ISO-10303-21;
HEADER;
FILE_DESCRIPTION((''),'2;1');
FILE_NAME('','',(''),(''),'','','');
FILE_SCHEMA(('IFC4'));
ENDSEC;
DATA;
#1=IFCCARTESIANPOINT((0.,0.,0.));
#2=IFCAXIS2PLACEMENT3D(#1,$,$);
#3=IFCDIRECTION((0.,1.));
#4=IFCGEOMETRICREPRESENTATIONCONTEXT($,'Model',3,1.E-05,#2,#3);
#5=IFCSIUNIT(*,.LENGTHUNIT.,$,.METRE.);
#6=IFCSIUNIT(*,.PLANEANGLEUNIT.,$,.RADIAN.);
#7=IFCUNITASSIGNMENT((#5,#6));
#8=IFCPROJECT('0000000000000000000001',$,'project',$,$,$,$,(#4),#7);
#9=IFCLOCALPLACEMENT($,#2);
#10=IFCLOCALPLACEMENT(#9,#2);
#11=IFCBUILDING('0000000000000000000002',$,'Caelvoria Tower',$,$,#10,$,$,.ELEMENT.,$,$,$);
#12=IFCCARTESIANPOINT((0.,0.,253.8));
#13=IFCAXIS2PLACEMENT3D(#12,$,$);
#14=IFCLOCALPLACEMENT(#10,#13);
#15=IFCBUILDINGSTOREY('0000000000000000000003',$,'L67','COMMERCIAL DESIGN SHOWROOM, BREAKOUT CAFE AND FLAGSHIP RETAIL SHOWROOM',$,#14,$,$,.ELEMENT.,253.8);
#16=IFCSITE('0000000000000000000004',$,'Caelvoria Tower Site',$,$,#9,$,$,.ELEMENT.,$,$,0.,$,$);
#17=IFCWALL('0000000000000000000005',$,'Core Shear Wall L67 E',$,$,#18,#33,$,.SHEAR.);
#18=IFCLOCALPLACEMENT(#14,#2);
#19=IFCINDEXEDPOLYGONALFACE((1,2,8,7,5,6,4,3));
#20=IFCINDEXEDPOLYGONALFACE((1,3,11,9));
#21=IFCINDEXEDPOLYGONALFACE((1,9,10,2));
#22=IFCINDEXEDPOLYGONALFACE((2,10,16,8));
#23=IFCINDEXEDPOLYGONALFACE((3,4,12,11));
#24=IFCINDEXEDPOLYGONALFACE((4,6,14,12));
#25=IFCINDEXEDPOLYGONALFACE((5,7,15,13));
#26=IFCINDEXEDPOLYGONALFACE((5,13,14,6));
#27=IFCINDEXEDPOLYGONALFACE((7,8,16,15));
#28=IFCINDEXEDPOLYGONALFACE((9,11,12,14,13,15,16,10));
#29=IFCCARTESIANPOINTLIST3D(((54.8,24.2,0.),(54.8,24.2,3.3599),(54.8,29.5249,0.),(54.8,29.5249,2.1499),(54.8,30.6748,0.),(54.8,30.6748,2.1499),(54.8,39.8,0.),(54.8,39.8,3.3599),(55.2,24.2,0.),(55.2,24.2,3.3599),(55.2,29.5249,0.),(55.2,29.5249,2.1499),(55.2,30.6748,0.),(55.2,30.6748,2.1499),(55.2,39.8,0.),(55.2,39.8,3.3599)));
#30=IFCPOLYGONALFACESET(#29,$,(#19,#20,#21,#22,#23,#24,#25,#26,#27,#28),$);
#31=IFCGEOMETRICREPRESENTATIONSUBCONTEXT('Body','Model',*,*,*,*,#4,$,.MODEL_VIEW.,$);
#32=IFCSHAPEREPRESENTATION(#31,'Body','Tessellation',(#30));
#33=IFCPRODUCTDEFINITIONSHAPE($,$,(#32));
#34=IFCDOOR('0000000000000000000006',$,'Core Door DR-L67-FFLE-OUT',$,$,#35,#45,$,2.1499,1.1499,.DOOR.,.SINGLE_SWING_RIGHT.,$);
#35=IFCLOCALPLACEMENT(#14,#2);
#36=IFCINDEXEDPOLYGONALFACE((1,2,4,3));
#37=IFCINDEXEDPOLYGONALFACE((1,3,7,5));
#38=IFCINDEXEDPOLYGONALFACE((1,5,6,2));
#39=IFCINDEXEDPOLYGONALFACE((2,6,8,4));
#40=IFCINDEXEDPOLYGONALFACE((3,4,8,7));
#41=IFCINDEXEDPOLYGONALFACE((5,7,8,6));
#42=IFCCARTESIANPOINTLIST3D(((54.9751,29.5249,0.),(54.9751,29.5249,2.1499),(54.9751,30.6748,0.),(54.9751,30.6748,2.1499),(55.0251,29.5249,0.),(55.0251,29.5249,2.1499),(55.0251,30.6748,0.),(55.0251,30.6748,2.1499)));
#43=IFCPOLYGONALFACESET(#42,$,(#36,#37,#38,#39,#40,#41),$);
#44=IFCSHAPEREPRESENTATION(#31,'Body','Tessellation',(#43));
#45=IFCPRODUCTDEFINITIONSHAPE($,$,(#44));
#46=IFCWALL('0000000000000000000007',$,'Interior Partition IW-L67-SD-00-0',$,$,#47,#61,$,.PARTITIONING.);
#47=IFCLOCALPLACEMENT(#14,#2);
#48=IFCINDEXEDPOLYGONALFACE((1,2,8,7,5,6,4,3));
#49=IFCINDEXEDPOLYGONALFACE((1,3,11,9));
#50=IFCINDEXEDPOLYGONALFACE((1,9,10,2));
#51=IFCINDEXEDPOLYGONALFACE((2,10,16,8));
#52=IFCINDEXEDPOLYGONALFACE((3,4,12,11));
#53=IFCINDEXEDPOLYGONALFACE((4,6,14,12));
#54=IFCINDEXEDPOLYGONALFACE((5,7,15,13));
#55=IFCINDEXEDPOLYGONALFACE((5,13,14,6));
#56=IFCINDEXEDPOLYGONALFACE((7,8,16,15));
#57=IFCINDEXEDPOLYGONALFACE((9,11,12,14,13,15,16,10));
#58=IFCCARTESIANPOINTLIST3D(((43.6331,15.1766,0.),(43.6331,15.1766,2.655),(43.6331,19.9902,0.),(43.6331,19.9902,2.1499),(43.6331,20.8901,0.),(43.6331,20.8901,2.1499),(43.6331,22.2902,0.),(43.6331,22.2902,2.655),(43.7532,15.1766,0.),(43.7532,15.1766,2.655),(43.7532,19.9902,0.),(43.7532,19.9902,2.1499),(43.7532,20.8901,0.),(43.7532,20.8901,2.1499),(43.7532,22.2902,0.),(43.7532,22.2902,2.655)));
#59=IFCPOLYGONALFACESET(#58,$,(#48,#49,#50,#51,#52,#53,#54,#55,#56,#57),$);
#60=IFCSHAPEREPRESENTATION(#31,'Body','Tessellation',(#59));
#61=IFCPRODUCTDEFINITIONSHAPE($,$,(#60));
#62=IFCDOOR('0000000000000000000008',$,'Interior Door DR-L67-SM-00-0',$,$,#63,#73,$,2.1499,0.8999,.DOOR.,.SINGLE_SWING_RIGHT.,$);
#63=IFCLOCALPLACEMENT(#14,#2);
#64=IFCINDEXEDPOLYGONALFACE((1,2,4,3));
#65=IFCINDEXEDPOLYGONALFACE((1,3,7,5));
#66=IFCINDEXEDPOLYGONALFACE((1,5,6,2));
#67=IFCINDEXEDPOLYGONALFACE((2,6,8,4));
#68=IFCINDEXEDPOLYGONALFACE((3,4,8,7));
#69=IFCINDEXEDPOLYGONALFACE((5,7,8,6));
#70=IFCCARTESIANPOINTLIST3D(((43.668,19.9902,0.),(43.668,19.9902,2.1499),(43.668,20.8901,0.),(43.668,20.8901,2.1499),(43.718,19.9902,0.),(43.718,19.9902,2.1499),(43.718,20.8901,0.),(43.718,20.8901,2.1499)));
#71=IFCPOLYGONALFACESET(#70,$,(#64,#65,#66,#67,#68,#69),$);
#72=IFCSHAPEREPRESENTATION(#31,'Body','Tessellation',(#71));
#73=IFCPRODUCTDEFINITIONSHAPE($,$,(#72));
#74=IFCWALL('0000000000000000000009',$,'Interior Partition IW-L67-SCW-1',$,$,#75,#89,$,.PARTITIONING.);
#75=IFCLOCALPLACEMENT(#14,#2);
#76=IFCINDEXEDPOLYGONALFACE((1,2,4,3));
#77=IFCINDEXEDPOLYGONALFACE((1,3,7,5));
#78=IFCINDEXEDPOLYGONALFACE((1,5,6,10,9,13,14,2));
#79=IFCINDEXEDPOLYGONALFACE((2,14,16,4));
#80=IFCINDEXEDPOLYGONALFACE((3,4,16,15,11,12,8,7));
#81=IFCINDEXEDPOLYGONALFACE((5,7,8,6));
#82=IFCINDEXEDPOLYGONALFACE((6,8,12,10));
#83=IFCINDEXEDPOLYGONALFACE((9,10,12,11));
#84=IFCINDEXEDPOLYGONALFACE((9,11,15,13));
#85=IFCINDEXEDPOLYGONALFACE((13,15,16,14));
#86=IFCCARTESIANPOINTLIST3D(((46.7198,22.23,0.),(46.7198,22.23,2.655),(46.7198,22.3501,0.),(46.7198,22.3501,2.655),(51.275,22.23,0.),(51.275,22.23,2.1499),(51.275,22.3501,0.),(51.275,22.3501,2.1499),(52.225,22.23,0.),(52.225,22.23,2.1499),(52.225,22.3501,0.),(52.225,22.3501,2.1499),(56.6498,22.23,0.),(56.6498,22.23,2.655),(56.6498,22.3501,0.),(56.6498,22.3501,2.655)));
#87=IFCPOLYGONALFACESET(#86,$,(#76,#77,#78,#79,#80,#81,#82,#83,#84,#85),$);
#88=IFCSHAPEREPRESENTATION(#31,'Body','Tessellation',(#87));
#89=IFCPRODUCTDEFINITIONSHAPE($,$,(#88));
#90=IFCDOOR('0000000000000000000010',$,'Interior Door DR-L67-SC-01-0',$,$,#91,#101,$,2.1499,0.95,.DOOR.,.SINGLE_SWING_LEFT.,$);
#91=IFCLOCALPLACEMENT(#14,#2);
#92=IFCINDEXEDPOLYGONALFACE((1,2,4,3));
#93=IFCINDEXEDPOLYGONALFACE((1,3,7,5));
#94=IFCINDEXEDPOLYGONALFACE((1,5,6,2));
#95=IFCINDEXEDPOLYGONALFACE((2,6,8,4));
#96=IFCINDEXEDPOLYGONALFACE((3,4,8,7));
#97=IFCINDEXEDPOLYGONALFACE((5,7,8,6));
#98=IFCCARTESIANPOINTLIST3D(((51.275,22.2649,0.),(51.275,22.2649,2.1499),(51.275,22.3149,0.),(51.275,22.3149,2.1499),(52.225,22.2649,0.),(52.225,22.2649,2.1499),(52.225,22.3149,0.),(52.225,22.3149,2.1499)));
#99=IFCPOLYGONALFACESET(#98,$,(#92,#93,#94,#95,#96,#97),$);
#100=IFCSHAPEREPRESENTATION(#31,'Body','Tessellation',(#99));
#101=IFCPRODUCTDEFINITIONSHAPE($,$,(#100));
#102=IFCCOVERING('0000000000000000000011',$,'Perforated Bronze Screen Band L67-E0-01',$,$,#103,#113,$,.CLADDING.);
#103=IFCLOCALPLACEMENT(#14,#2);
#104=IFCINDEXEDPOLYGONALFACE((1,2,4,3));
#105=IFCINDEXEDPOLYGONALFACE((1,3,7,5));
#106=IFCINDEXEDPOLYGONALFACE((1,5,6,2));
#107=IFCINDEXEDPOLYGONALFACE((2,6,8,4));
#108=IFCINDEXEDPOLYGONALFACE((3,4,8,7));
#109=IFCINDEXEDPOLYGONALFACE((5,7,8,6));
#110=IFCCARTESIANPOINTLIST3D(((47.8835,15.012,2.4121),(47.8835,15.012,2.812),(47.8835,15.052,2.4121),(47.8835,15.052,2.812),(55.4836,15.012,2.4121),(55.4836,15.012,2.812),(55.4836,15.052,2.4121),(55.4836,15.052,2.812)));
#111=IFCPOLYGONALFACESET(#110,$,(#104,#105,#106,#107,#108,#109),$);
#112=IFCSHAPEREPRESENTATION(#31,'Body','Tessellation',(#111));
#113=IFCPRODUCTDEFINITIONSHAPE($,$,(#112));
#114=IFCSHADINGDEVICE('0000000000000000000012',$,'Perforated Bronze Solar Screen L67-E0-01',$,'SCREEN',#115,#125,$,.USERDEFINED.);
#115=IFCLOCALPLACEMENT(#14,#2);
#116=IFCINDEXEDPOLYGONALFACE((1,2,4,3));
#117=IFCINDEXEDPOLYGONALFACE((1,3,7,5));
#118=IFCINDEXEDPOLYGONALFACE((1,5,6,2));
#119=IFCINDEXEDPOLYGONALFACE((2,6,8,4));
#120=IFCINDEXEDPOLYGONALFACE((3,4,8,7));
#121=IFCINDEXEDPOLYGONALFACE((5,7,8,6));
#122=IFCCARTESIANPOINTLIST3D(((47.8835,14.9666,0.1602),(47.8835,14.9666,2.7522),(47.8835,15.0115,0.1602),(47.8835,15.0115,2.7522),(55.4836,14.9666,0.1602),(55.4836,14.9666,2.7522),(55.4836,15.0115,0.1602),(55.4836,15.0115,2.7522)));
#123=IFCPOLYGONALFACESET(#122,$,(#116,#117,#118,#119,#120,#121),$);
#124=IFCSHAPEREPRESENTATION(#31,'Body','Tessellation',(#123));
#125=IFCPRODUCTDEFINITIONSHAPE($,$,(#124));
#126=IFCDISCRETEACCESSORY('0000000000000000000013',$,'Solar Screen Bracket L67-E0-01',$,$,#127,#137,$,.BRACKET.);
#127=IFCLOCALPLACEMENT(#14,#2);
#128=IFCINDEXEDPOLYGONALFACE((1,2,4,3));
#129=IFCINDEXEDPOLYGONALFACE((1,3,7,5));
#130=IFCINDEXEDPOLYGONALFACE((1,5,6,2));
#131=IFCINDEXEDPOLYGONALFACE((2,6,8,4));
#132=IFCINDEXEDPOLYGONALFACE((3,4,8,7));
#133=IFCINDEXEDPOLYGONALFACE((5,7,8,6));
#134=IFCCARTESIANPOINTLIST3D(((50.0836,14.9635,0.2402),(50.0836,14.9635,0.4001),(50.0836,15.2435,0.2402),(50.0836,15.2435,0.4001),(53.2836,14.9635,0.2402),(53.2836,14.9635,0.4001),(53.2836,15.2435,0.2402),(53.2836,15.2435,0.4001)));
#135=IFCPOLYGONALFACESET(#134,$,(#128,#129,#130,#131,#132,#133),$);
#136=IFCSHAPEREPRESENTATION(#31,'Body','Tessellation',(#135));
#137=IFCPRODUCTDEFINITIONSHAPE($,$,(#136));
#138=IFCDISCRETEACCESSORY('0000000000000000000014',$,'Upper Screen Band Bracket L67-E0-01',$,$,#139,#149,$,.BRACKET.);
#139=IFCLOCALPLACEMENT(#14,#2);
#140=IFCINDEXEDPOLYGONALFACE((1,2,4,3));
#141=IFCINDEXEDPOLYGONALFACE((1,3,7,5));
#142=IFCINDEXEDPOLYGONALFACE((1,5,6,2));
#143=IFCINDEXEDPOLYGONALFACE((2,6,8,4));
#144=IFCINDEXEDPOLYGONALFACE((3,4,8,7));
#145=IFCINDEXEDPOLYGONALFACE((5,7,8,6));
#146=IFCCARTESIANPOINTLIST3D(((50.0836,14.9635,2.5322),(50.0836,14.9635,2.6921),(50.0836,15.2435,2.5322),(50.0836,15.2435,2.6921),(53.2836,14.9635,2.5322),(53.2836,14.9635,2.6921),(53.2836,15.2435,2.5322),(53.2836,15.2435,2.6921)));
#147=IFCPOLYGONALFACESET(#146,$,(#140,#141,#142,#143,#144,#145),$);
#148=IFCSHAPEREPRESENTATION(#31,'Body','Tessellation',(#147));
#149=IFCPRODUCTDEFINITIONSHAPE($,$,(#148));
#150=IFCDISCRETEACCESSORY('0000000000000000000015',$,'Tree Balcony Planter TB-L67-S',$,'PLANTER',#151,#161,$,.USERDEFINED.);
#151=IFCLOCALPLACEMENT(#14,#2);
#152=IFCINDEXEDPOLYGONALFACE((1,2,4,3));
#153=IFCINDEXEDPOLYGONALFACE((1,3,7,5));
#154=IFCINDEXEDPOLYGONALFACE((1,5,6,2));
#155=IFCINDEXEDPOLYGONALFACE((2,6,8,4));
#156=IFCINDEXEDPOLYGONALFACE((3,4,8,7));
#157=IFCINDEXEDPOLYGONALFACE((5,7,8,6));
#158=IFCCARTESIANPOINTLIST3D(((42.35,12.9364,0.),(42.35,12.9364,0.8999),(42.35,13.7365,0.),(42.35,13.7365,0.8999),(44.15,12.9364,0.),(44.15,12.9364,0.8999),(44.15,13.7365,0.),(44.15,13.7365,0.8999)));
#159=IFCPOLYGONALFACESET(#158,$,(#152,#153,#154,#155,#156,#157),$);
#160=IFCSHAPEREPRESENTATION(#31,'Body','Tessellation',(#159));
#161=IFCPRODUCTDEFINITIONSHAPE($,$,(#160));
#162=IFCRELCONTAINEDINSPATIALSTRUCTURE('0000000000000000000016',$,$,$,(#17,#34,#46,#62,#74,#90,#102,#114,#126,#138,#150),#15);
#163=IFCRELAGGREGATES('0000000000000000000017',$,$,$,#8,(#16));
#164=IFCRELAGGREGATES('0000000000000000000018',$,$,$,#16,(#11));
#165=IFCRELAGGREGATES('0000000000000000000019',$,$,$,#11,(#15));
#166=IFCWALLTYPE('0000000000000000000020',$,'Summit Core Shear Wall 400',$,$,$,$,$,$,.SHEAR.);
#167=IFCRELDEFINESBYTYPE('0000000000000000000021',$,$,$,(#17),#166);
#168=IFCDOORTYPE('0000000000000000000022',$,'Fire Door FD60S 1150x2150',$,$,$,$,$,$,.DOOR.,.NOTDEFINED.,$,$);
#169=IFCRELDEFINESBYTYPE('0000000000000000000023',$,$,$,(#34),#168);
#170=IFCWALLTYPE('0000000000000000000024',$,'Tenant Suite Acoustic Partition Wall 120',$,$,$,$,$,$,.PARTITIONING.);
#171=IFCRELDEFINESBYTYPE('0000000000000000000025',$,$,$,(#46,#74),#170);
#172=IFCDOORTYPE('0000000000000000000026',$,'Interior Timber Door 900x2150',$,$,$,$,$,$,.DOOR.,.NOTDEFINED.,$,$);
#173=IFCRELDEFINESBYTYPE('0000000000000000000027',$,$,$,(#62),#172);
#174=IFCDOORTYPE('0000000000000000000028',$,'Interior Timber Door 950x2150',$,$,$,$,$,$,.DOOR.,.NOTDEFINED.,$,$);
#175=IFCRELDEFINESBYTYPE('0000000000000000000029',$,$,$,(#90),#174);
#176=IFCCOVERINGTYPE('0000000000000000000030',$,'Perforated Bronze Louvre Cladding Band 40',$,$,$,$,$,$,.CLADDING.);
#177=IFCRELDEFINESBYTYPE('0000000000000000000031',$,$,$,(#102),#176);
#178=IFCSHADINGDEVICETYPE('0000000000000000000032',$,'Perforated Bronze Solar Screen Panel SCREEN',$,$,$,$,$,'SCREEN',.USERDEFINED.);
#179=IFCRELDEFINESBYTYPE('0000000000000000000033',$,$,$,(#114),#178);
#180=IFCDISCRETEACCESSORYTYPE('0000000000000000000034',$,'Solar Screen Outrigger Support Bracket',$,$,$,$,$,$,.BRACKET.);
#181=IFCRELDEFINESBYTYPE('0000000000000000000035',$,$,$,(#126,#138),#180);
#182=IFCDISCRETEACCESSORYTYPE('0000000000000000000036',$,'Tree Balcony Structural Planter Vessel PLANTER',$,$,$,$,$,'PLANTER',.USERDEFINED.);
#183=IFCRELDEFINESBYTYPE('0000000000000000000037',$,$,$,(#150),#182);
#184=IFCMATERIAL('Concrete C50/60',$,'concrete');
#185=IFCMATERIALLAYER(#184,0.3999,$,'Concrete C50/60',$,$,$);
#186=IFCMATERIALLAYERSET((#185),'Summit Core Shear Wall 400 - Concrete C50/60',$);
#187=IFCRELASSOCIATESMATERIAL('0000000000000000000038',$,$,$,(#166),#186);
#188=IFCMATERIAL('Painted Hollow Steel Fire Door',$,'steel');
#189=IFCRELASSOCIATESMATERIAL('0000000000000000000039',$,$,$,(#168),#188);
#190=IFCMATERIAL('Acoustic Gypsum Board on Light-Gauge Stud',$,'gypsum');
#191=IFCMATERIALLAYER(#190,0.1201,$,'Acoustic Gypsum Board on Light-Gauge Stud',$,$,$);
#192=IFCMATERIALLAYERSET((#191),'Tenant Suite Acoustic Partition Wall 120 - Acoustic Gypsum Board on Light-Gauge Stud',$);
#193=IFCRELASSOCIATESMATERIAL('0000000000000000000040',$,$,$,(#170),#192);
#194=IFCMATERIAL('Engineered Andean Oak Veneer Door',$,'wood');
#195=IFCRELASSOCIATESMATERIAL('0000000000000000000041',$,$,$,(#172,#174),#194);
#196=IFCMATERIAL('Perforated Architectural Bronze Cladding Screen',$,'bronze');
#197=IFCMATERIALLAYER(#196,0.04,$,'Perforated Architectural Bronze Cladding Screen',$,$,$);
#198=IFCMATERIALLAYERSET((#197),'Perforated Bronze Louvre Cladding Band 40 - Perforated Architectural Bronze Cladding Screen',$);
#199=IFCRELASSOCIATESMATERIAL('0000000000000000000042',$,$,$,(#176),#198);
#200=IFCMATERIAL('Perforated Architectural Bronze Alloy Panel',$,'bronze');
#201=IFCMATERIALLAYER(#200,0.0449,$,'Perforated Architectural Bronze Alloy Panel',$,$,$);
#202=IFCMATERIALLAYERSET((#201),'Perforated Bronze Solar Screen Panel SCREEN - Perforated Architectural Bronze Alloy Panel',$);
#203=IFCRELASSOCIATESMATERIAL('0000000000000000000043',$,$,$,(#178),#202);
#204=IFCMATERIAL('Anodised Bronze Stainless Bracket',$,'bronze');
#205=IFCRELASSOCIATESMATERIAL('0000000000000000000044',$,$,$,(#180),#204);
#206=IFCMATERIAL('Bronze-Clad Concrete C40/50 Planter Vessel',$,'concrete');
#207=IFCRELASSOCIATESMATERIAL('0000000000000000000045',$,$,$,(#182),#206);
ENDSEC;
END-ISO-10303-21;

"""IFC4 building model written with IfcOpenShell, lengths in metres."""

from ifc_helpers import new_model, si_unit, direction, frame, frame_2d, origin, origin_2d, place, context, subcontext, project, spatial, rectangle, extrude, material, layer, layer_set, type_object, element, fill, save


model = new_model("IFC4")

# Units and contexts
model_context = context("Model", 3, precision=1e-05, world=origin(), true_north=direction((0.0, 1.0)))
body_context = subcontext(model_context, "Body", "Model", "MODEL_VIEW")
ifc_project = project(units=[si_unit("LENGTHUNIT", "METRE"), si_unit("PLANEANGLEUNIT", "RADIAN")], contexts=[model_context])

# Site, building, storey
site_placement = place(None, origin())
site = spatial("IfcSite", under=ifc_project, at=site_placement, Name="Caelvoria Tower Site", CompositionType="ELEMENT", RefElevation=0.0)
building_placement = place(site_placement, origin())
building = spatial("IfcBuilding", under=site, at=building_placement, Name="Caelvoria Tower", CompositionType="ELEMENT")
storey_placement = place(building_placement, frame((0.0, 0.0, 253.8)))
storey = spatial("IfcBuildingStorey", under=building, at=storey_placement, Name="L67", Description="COMMERCIAL DESIGN SHOWROOM, BREAKOUT CAFE AND FLAGSHIP RETAIL SHOWROOM", CompositionType="ELEMENT", Elevation=253.8)

# Shared definitions
ifc_material_1 = material(Name="Concrete C50/60", Category="concrete")

# Walls, openings, doors
ifc_layer_1 = layer(ifc_material_1, 0.3999, Name="Concrete C50/60")
ifc_layer_set_1 = layer_set([ifc_layer_1], Name="Summit Core Shear Wall 400 - Concrete C50/60")
wall_type_1 = type_object("IfcWallType", Name="Summit Core Shear Wall 400", PredefinedType="SHEAR", material=ifc_layer_set_1)
wall_1_placement = place(storey_placement, frame((55.0, 24.2, 0.0), z_axis=(0.0, 0.0, 1.0), x_axis=(0.0, 1.0, 0.0)))
wall_1 = element("IfcWall", 1, at=wall_1_placement, inside=storey, type_object=wall_type_1, Name="Core Shear Wall L67 E", PredefinedType="SHEAR", context=body_context, shape_type="SweptSolid", body=[
    extrude(rectangle(XDim=15.6001, YDim=0.3999, at=frame_2d((7.8, 0.0))), origin(), (0.0, 0.0, 1.0), 3.3599),
])
opening_1_placement = place(wall_1_placement, frame((5.325, 0.0, 0.0)))
opening_1 = element("IfcOpeningElement", 2, at=opening_1_placement, cuts=wall_1, PredefinedType="OPENING", context=body_context, shape_type="SweptSolid", body=[
    extrude(rectangle(XDim=1.1499, YDim=2.1499, at=frame_2d((0.575, 1.075))), frame((0.0, 0.21, 0.0), z_axis=(0.0, -1.0, 0.0), x_axis=(1.0, 0.0, 0.0)), (0.0, 0.0, 1.0), 0.4199),
])
ifc_material_2 = material(Name="Painted Hollow Steel Fire Door", Category="steel")
door_type_1 = type_object("IfcDoorType", Name="Fire Door FD60S 1150x2150", OperationType="NOTDEFINED", PredefinedType="DOOR", material=ifc_material_2)
door_1_placement = place(opening_1_placement, origin())
door_1 = element("IfcDoor", 3, at=door_1_placement, inside=storey, type_object=door_type_1, Name="Core Door DR-L67-FFLE-OUT", OperationType="SINGLE_SWING_RIGHT", OverallHeight=2.1499, OverallWidth=1.1499, PredefinedType="DOOR", context=body_context, shape_type="SweptSolid", body=[
    extrude(rectangle(XDim=1.1499, YDim=2.1499, at=frame_2d((0.575, 1.075))), frame((0.0, 0.0249, 0.0), z_axis=(0.0, -1.0, 0.0), x_axis=(1.0, 0.0, 0.0)), (0.0, 0.0, 1.0), 0.05),
])
fill(opening_1, door_1)
ifc_material_3 = material(Name="Acoustic Gypsum Board on Light-Gauge Stud", Category="gypsum")
ifc_layer_2 = layer(ifc_material_3, 0.1201, Name="Acoustic Gypsum Board on Light-Gauge Stud")
ifc_layer_set_2 = layer_set([ifc_layer_2], Name="Tenant Suite Acoustic Partition Wall 120 - Acoustic Gypsum Board on Light-Gauge Stud")
wall_type_2 = type_object("IfcWallType", Name="Tenant Suite Acoustic Partition Wall 120", PredefinedType="PARTITIONING", material=ifc_layer_set_2)
wall_2_placement = place(storey_placement, frame((43.6931, 22.29, 0.0), z_axis=(0.0, 0.0, 1.0), x_axis=(0.0, -1.0, 0.0)))
wall_2 = element("IfcWall", 4, at=wall_2_placement, inside=storey, type_object=wall_type_2, Name="Interior Partition IW-L67-SD-00-0", PredefinedType="PARTITIONING", context=body_context, shape_type="SweptSolid", body=[
    extrude(rectangle(XDim=7.1135, YDim=0.1201, at=frame_2d((3.5566, 0.0))), origin(), (0.0, 0.0, 1.0), 2.655),
])
opening_2_placement = place(wall_2_placement, frame((1.3999, 0.0, 0.0)))
opening_2 = element("IfcOpeningElement", 5, at=opening_2_placement, cuts=wall_2, PredefinedType="OPENING", context=body_context, shape_type="SweptSolid", body=[
    extrude(rectangle(XDim=0.8999, YDim=2.1499, at=frame_2d((0.45, 1.075))), frame((0.0, 0.0701, 0.0), z_axis=(0.0, -1.0, 0.0), x_axis=(1.0, 0.0, 0.0)), (0.0, 0.0, 1.0), 0.1401),
])
ifc_material_4 = material(Name="Engineered Andean Oak Veneer Door", Category="wood")
door_type_2 = type_object("IfcDoorType", Name="Interior Timber Door 900x2150", OperationType="NOTDEFINED", PredefinedType="DOOR", material=ifc_material_4)
door_2_placement = place(opening_2_placement, origin())
door_2 = element("IfcDoor", 6, at=door_2_placement, inside=storey, type_object=door_type_2, Name="Interior Door DR-L67-SM-00-0", OperationType="SINGLE_SWING_RIGHT", OverallHeight=2.1499, OverallWidth=0.8999, PredefinedType="DOOR", context=body_context, shape_type="SweptSolid", body=[
    extrude(rectangle(XDim=0.8999, YDim=2.1499, at=frame_2d((0.45, 1.075))), frame((0.0, 0.0249, 0.0), z_axis=(0.0, -1.0, 0.0), x_axis=(1.0, 0.0, 0.0)), (0.0, 0.0, 1.0), 0.05),
])
fill(opening_2, door_2)
wall_3_placement = place(storey_placement, frame((46.72, 22.29, 0.0), z_axis=(0.0, 0.0, 1.0), x_axis=(1.0, 0.0, 0.0)))
wall_3 = element("IfcWall", 7, at=wall_3_placement, inside=storey, type_object=wall_type_2, Name="Interior Partition IW-L67-SCW-1", PredefinedType="PARTITIONING", context=body_context, shape_type="SweptSolid", body=[
    extrude(rectangle(XDim=9.9299, YDim=0.1201, at=frame_2d((4.9648, 0.0))), origin(), (0.0, 0.0, 1.0), 2.655),
])
opening_3_placement = place(wall_3_placement, frame((4.5549, 0.0, 0.0)))
opening_3 = element("IfcOpeningElement", 8, at=opening_3_placement, cuts=wall_3, PredefinedType="OPENING", context=body_context, shape_type="SweptSolid", body=[
    extrude(rectangle(XDim=0.95, YDim=2.1499, at=frame_2d((0.4751, 1.075))), frame((0.0, 0.0701, 0.0), z_axis=(0.0, -1.0, 0.0), x_axis=(1.0, 0.0, 0.0)), (0.0, 0.0, 1.0), 0.1401),
])
door_type_3 = type_object("IfcDoorType", Name="Interior Timber Door 950x2150", OperationType="NOTDEFINED", PredefinedType="DOOR", material=ifc_material_4)
door_3_placement = place(opening_3_placement, origin())
door_3 = element("IfcDoor", 9, at=door_3_placement, inside=storey, type_object=door_type_3, Name="Interior Door DR-L67-SC-01-0", OperationType="SINGLE_SWING_LEFT", OverallHeight=2.1499, OverallWidth=0.95, PredefinedType="DOOR", context=body_context, shape_type="SweptSolid", body=[
    extrude(rectangle(XDim=0.95, YDim=2.1499, at=frame_2d((0.4751, 1.075))), frame((0.0, 0.0249, 0.0), z_axis=(0.0, -1.0, 0.0), x_axis=(1.0, 0.0, 0.0)), (0.0, 0.0, 1.0), 0.05),
])
fill(opening_3, door_3)

# Covering
ifc_material_5 = material(Name="Perforated Architectural Bronze Cladding Screen", Category="bronze")
ifc_layer_3 = layer(ifc_material_5, 0.04, Name="Perforated Architectural Bronze Cladding Screen")
ifc_layer_set_3 = layer_set([ifc_layer_3], Name="Perforated Bronze Louvre Cladding Band 40 - Perforated Architectural Bronze Cladding Screen")
covering_type = type_object("IfcCoveringType", Name="Perforated Bronze Louvre Cladding Band 40", PredefinedType="CLADDING", material=ifc_layer_set_3)
covering_placement = place(storey_placement, frame((51.6836, 15.032, 2.4121), z_axis=(0.0, 0.0, 1.0), x_axis=(1.0, 0.0, 0.0)))
element("IfcCovering", 10, at=covering_placement, inside=storey, type_object=covering_type, Name="Perforated Bronze Screen Band L67-E0-01", PredefinedType="CLADDING", context=body_context, shape_type="SweptSolid", body=[
    extrude(rectangle(XDim=7.6001, YDim=0.04, at=origin_2d()), origin(), (0.0, 0.0, 1.0), 0.3999),
])

# Shading device
ifc_material_6 = material(Name="Perforated Architectural Bronze Alloy Panel", Category="bronze")
ifc_layer_4 = layer(ifc_material_6, 0.0449, Name="Perforated Architectural Bronze Alloy Panel")
ifc_layer_set_4 = layer_set([ifc_layer_4], Name="Perforated Bronze Solar Screen Panel SCREEN - Perforated Architectural Bronze Alloy Panel")
shading_device_type = type_object("IfcShadingDeviceType", Name="Perforated Bronze Solar Screen Panel SCREEN", ElementType="SCREEN", PredefinedType="USERDEFINED", material=ifc_layer_set_4)
shading_device_placement = place(storey_placement, frame((51.6836, 14.989, 0.1602), z_axis=(0.0, 0.0, 1.0), x_axis=(1.0, 0.0, 0.0)))
element("IfcShadingDevice", 11, at=shading_device_placement, inside=storey, type_object=shading_device_type, Name="Perforated Bronze Solar Screen L67-E0-01", ObjectType="SCREEN", PredefinedType="USERDEFINED", context=body_context, shape_type="SweptSolid", body=[
    extrude(rectangle(XDim=7.6001, YDim=0.0449, at=origin_2d()), origin(), (0.0, 0.0, 1.0), 2.592),
])

# Discrete accessories
ifc_material_7 = material(Name="Anodised Bronze Stainless Bracket", Category="bronze")
discrete_accessory_type_1 = type_object("IfcDiscreteAccessoryType", Name="Solar Screen Outrigger Support Bracket", PredefinedType="BRACKET", material=ifc_material_7)
for number, where, z_axis, x_axis, name in (
    (12, (51.6836, 15.1035, 0.2402), (0.0, 0.0, 1.0), (1.0, 0.0, 0.0), "Solar Screen Bracket L67-E0-01"),
    (13, (51.6836, 15.1035, 2.5322), (0.0, 0.0, 1.0), (1.0, 0.0, 0.0), "Upper Screen Band Bracket L67-E0-01"),
):
    element("IfcDiscreteAccessory", number, at=place(storey_placement, frame(where, z_axis=z_axis, x_axis=x_axis)), inside=storey, type_object=discrete_accessory_type_1, Name=name, PredefinedType="BRACKET", context=body_context, shape_type="SweptSolid", body=[
        extrude(rectangle(XDim=3.2, YDim=0.28, at=origin_2d()), origin(), (0.0, 0.0, 1.0), 0.1599),
    ])
ifc_material_8 = material(Name="Bronze-Clad Concrete C40/50 Planter Vessel", Category="concrete")
discrete_accessory_type_2 = type_object("IfcDiscreteAccessoryType", Name="Tree Balcony Structural Planter Vessel PLANTER", ElementType="PLANTER", PredefinedType="USERDEFINED", material=ifc_material_8)
discrete_accessory_placement = place(storey_placement, frame((43.25, 13.3364, 0.0), z_axis=(0.0, 0.0, 1.0), x_axis=(1.0, 0.0, 0.0)))
element("IfcDiscreteAccessory", 14, at=discrete_accessory_placement, inside=storey, type_object=discrete_accessory_type_2, Name="Tree Balcony Planter TB-L67-S", ObjectType="PLANTER", PredefinedType="USERDEFINED", context=body_context, shape_type="SweptSolid", body=[
    extrude(rectangle(XDim=1.8, YDim=0.8, at=origin_2d()), origin(), (0.0, 0.0, 1.0), 0.8999),
])

save(model, "model.ifc")
